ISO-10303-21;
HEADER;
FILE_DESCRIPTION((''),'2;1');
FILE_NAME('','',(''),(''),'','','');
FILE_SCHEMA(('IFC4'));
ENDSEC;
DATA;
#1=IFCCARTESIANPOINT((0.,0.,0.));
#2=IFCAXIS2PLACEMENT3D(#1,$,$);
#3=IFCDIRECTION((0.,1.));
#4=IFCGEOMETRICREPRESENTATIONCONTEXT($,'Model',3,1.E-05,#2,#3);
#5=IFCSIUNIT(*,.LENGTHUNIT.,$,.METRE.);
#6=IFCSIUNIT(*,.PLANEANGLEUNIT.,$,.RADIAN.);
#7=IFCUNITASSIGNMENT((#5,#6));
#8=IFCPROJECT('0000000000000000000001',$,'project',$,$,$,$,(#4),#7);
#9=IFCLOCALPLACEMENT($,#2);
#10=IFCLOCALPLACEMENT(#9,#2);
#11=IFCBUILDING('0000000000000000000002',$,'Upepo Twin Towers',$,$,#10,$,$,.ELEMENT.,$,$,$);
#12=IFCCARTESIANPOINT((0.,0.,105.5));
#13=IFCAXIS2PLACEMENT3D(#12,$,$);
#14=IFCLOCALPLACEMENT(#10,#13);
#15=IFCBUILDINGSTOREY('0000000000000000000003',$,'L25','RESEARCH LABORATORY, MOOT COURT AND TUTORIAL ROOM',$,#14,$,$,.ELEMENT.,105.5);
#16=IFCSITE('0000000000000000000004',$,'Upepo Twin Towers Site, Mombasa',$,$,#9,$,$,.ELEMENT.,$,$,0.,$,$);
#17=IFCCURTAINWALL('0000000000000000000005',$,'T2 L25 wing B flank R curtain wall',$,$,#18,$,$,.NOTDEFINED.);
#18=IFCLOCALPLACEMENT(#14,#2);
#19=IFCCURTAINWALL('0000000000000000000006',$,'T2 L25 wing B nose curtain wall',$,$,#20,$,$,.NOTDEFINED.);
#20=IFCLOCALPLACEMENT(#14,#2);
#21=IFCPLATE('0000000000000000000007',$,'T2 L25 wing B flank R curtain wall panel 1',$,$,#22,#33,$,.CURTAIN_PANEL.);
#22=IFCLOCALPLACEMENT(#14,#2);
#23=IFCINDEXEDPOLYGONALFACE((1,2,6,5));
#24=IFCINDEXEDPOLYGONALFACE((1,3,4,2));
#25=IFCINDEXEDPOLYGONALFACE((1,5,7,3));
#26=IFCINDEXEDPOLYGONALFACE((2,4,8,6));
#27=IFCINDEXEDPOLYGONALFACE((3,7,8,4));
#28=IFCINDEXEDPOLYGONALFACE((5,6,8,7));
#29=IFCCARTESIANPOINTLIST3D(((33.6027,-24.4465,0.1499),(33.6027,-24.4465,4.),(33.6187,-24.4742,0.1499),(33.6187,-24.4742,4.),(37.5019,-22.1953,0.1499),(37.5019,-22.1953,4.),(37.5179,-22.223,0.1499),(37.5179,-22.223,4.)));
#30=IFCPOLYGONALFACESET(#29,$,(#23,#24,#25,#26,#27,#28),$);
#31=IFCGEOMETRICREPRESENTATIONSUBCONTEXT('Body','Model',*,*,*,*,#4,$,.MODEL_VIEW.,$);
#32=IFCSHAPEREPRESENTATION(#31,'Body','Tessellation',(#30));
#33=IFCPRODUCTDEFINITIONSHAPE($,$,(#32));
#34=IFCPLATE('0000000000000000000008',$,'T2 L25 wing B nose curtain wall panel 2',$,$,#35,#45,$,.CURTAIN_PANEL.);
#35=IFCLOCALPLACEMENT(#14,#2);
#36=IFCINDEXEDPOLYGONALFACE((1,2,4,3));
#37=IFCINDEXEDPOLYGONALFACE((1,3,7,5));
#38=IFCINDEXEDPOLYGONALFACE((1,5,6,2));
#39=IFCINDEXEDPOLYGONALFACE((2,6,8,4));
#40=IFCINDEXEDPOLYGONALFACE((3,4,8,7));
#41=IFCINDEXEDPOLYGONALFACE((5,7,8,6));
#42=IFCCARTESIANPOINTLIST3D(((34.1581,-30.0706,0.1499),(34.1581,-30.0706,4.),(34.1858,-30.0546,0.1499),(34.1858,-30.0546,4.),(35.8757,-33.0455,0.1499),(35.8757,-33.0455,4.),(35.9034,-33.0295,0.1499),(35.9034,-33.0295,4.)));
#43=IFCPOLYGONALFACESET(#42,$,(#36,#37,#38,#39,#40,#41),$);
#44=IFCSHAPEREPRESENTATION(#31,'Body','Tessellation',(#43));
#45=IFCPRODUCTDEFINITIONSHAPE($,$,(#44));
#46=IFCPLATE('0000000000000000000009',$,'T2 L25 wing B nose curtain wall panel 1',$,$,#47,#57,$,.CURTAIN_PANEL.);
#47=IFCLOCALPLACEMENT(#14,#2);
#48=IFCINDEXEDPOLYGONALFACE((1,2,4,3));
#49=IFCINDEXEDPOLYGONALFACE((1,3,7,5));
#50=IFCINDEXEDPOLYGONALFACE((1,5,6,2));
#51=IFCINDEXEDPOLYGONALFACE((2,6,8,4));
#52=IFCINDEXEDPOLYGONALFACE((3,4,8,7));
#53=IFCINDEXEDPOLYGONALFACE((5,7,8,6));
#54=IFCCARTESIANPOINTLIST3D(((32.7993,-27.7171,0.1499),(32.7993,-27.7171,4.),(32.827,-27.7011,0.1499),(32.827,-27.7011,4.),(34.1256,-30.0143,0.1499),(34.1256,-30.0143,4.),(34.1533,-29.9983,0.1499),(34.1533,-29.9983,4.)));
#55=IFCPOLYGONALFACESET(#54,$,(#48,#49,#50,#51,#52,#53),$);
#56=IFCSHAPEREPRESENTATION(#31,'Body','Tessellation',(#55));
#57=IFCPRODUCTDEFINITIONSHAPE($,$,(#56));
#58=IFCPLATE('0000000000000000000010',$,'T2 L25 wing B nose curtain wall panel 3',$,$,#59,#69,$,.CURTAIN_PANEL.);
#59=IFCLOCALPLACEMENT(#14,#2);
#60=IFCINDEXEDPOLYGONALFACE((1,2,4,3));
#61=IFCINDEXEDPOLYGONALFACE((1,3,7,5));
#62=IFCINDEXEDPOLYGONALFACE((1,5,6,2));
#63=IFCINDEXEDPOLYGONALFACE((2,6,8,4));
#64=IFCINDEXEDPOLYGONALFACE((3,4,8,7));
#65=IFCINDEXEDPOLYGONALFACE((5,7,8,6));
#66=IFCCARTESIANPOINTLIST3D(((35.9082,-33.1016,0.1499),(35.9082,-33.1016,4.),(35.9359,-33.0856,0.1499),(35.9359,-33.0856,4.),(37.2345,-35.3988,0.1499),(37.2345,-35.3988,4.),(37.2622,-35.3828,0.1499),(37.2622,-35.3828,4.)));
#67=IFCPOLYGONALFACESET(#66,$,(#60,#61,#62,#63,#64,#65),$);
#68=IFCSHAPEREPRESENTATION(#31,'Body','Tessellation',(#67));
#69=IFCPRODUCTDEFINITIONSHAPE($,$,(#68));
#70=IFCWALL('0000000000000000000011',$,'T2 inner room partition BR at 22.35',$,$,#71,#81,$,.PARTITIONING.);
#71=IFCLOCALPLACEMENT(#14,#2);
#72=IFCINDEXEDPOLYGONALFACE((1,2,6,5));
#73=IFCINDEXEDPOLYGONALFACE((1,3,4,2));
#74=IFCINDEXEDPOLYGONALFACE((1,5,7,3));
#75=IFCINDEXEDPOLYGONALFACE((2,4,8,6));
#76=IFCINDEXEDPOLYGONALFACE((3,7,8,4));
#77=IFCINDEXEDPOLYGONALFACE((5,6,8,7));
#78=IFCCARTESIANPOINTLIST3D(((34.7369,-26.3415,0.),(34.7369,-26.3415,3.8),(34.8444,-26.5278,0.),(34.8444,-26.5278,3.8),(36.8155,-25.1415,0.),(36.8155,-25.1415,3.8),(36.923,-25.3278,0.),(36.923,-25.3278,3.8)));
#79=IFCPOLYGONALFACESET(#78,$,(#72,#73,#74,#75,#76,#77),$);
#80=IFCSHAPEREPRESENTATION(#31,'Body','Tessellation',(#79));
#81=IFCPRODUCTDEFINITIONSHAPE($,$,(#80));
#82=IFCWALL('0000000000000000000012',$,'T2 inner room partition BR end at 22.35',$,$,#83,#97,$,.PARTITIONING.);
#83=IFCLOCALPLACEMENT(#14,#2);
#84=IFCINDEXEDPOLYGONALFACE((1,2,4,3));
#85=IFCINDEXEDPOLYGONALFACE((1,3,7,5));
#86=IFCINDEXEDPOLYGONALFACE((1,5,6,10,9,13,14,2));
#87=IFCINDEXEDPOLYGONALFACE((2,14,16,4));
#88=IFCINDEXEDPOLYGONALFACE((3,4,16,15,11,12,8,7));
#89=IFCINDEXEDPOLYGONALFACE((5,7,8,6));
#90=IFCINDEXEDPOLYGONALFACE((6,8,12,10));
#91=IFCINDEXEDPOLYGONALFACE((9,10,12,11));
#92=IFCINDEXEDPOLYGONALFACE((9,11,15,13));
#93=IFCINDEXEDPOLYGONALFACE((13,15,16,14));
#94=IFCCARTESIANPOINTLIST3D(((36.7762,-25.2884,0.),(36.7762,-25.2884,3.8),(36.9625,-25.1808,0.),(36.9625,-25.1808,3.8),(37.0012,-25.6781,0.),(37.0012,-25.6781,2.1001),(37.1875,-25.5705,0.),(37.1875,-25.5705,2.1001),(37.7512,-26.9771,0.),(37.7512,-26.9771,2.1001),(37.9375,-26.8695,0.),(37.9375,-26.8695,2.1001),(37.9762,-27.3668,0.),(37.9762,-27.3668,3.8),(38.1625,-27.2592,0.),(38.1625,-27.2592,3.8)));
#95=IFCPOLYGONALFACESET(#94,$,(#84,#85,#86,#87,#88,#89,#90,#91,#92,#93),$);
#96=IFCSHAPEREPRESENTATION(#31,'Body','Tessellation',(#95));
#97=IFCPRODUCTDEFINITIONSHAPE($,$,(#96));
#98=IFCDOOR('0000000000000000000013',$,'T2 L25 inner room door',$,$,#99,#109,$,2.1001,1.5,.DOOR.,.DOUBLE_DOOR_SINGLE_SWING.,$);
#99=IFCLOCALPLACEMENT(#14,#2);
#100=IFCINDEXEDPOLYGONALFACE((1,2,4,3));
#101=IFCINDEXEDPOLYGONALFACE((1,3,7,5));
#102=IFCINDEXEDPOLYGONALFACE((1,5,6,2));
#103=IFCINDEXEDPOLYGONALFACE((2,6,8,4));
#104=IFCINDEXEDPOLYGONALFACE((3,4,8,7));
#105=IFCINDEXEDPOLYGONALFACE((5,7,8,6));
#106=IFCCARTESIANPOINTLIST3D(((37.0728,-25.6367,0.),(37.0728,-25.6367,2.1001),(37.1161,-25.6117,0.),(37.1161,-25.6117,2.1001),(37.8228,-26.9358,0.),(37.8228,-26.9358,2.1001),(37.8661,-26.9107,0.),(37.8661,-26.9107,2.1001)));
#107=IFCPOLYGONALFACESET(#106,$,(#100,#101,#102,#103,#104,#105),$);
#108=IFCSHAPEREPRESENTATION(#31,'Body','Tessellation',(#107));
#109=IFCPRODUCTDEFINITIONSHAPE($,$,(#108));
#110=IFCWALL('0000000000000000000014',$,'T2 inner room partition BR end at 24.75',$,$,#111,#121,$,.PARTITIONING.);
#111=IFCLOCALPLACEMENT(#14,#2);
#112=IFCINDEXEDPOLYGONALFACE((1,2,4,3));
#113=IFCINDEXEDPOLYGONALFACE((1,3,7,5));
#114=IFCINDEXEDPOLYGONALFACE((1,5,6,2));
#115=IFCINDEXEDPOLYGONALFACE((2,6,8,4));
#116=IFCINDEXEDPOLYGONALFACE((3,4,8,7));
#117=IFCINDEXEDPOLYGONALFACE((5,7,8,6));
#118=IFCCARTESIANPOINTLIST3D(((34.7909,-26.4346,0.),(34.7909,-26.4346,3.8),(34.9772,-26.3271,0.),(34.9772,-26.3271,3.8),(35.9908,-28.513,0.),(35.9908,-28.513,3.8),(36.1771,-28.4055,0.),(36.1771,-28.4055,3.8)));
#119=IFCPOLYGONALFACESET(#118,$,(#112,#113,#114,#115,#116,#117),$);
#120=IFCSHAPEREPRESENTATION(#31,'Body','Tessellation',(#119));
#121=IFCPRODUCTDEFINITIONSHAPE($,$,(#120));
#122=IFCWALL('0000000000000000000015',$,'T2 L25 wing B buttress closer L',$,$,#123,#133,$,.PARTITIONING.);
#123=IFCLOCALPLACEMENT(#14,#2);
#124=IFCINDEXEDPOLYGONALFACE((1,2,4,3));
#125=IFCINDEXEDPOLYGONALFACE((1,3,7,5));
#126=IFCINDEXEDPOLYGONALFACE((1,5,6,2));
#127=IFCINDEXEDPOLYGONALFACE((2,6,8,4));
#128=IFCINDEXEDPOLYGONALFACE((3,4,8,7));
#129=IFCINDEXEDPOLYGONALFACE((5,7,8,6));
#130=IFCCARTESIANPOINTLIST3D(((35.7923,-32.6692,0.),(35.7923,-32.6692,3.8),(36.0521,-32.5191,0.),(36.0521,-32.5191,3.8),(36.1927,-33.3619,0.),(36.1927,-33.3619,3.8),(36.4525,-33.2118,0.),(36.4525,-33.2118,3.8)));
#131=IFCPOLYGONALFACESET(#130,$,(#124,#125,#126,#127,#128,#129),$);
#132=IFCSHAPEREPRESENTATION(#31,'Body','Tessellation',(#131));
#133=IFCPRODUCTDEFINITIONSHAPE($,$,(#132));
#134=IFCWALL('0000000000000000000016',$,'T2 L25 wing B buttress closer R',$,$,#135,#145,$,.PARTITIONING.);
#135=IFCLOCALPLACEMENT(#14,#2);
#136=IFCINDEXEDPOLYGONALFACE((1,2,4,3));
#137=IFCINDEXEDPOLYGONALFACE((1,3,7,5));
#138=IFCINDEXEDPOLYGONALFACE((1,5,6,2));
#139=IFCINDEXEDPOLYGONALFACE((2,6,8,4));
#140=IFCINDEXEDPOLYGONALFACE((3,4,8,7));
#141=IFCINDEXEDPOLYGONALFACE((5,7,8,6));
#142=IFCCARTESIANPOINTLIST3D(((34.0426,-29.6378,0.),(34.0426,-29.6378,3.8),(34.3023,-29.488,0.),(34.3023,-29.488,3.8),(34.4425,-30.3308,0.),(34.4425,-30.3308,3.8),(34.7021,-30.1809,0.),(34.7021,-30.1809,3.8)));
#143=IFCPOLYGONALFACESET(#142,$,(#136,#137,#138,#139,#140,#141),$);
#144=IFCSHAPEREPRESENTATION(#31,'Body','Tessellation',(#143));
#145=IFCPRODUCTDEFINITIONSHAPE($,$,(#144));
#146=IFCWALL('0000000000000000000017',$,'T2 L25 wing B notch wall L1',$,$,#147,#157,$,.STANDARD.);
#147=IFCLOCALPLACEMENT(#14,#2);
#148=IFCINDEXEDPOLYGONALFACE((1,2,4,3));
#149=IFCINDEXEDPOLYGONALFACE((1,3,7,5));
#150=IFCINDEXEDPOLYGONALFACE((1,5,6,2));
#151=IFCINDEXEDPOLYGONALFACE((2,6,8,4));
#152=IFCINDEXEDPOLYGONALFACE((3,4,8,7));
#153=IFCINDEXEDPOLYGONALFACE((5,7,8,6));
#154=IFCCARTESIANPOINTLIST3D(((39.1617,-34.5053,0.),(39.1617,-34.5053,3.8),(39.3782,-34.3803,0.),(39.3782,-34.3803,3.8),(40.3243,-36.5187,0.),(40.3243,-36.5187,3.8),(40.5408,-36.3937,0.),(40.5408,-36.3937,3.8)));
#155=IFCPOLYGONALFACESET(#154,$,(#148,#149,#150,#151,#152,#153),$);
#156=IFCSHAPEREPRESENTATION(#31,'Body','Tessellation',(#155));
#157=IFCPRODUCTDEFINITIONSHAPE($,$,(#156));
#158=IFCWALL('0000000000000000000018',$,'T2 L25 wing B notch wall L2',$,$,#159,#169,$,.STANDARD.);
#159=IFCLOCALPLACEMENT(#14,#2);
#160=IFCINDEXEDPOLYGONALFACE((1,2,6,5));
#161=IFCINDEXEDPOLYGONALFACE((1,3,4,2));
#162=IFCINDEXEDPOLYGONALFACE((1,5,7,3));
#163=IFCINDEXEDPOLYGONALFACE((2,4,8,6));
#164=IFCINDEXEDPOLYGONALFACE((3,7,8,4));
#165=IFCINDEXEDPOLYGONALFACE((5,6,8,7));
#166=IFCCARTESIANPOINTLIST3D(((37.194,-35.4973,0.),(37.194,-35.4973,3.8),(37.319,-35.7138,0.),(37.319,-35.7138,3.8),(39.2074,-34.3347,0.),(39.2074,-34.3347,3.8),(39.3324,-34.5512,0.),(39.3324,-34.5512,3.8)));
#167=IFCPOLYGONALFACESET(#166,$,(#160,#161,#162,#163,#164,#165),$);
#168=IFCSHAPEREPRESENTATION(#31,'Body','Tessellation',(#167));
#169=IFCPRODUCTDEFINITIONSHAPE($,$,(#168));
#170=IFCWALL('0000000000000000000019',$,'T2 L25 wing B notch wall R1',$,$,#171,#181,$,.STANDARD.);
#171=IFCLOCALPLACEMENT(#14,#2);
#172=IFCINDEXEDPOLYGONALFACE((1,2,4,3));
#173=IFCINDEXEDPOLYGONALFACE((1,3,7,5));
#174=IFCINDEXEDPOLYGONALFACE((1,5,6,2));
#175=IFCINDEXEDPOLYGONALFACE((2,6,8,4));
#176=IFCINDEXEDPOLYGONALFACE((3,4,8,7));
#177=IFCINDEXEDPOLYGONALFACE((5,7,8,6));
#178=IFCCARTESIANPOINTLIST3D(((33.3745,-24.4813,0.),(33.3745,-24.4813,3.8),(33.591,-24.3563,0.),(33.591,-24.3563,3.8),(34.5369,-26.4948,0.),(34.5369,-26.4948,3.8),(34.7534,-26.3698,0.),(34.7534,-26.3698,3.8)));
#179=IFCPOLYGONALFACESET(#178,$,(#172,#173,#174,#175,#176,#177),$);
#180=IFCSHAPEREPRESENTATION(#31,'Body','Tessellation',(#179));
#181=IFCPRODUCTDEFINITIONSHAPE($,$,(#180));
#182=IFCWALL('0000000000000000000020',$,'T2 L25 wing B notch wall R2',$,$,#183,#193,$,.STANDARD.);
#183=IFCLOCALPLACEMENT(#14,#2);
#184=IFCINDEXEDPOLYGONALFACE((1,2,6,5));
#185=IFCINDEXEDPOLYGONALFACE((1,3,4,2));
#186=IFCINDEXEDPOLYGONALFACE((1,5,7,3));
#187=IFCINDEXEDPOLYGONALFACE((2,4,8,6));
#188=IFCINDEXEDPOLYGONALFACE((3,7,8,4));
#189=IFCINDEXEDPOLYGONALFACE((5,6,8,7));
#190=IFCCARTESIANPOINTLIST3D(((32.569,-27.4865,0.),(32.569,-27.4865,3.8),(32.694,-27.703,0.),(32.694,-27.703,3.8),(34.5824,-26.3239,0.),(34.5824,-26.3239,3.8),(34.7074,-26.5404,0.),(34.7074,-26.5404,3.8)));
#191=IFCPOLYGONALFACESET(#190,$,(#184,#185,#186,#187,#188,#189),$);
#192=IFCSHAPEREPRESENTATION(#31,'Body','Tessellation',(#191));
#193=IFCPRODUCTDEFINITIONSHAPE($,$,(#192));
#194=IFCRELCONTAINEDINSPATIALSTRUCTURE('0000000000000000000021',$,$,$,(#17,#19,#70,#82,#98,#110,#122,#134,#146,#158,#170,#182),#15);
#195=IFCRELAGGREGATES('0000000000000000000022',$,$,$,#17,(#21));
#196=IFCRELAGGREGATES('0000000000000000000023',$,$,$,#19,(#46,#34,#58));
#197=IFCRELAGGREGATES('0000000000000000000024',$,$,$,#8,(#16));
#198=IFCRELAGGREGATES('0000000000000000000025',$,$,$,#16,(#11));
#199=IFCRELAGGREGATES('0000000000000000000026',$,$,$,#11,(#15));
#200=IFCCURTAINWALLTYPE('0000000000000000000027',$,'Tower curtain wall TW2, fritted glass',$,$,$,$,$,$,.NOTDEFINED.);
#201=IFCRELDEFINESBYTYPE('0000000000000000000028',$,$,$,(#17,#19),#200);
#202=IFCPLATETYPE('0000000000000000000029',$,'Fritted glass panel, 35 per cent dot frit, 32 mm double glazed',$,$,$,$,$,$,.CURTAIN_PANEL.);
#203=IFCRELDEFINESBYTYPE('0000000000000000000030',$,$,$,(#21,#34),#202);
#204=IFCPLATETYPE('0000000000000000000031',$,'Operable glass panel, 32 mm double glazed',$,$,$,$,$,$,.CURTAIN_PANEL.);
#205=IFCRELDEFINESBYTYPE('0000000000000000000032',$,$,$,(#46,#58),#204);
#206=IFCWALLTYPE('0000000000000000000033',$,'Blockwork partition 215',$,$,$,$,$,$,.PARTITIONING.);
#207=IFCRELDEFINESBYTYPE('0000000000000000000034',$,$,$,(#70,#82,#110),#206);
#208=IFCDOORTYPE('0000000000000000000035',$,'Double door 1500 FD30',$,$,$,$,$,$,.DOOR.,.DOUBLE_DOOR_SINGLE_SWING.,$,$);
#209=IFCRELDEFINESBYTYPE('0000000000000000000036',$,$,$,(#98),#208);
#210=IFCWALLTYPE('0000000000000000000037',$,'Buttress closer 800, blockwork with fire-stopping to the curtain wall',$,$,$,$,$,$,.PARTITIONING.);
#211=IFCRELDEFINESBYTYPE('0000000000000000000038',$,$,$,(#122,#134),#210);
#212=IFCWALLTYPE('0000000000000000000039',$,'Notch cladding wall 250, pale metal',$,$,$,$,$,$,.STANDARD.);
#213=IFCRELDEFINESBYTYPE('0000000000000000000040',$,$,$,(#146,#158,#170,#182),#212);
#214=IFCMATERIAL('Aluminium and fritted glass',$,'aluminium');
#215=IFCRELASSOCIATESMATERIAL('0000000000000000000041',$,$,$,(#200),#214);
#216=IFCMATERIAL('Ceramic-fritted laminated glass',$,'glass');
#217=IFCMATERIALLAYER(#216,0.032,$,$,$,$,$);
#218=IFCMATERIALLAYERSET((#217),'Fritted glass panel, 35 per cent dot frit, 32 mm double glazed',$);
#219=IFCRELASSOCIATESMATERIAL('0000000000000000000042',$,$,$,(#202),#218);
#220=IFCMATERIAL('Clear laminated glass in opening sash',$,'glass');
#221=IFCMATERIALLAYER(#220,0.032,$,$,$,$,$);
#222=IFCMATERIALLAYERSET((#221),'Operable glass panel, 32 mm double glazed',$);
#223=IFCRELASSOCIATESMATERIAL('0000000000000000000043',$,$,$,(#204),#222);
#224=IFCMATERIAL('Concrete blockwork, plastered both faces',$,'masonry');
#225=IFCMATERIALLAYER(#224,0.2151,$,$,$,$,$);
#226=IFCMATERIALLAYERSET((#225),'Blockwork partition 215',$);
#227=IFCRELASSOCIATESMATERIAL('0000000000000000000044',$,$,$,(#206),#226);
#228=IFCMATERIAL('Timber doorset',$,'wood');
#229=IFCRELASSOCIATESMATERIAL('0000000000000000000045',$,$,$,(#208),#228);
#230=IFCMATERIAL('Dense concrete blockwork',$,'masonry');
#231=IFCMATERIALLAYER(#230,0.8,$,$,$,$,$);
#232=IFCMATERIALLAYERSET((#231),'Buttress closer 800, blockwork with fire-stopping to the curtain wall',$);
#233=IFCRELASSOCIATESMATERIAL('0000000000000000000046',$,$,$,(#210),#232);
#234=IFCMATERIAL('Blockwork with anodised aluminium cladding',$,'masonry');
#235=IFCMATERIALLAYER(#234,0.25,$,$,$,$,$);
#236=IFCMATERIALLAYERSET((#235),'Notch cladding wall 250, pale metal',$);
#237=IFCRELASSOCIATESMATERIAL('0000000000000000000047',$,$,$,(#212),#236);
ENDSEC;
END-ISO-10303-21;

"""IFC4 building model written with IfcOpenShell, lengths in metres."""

from ifc_helpers import new_model, si_unit, direction, frame, frame_2d, origin, origin_2d, place, context, subcontext, project, spatial, rectangle, extrude, material, layer, layer_set, type_object, element, fill, aggregate, save


model = new_model("IFC4")

# Units and contexts
model_context = context("Model", 3, precision=1e-05, world=origin(), true_north=direction((0.0, 1.0)))
body_context = subcontext(model_context, "Body", "Model", "MODEL_VIEW")
ifc_project = project(units=[si_unit("LENGTHUNIT", "METRE"), si_unit("PLANEANGLEUNIT", "RADIAN")], contexts=[model_context])

# Site, building, storey
site_placement = place(None, origin())
site = spatial("IfcSite", under=ifc_project, at=site_placement, Name="Upepo Twin Towers Site, Mombasa", CompositionType="ELEMENT", RefElevation=0.0)
building_placement = place(site_placement, origin())
building = spatial("IfcBuilding", under=site, at=building_placement, Name="Upepo Twin Towers", CompositionType="ELEMENT")
storey_placement = place(building_placement, frame((0.0, 0.0, 105.5)))
storey = spatial("IfcBuildingStorey", under=building, at=storey_placement, Name="L25", Description="RESEARCH LABORATORY, MOOT COURT AND TUTORIAL ROOM", CompositionType="ELEMENT", Elevation=105.5)

# Shared definitions
ifc_material_1 = material(Name="Aluminium and fritted glass", Category="aluminium")
curtain_wall_type = type_object("IfcCurtainWallType", Name="Tower curtain wall TW2, fritted glass", PredefinedType="NOTDEFINED", material=ifc_material_1)

# Curtain walls
curtain_wall_1_placement = place(storey_placement, origin())
curtain_wall_1 = element("IfcCurtainWall", 1, at=curtain_wall_1_placement, inside=storey, type_object=curtain_wall_type, Name="T2 L25 wing B flank R curtain wall", PredefinedType="NOTDEFINED")
curtain_wall_2_placement = place(storey_placement, origin())
curtain_wall_2 = element("IfcCurtainWall", 2, at=curtain_wall_2_placement, inside=storey, type_object=curtain_wall_type, Name="T2 L25 wing B nose curtain wall", PredefinedType="NOTDEFINED")

# Plates
ifc_material_2 = material(Name="Ceramic-fritted laminated glass", Category="glass")
ifc_layer_1 = layer(ifc_material_2, 0.032)
ifc_layer_set_1 = layer_set([ifc_layer_1], Name="Fritted glass panel, 35 per cent dot frit, 32 mm double glazed")
plate_type_1 = type_object("IfcPlateType", Name="Fritted glass panel, 35 per cent dot frit, 32 mm double glazed", PredefinedType="CURTAIN_PANEL", material=ifc_layer_set_1)
plate_1_placement = place(storey_placement, frame((35.5603, -23.3347, 0.1499), z_axis=(0.0, 0.0, 1.0), x_axis=(0.866025, 0.5, 0.0)))
plate_1 = element("IfcPlate", 3, at=plate_1_placement, type_object=plate_type_1, Name="T2 L25 wing B flank R curtain wall panel 1", PredefinedType="CURTAIN_PANEL", context=body_context, shape_type="SweptSolid", body=[
    extrude(rectangle(XDim=4.5024, YDim=0.032, at=origin_2d()), origin(), (0.0, 0.0, 1.0), 3.8501),
])
aggregate(curtain_wall_1, [plate_1])
plate_2_placement = place(storey_placement, frame((35.0308, -31.55, 0.1499), z_axis=(0.0, 0.0, 1.0), x_axis=(0.5, -0.866025, 0.0)))
plate_2 = element("IfcPlate", 4, at=plate_2_placement, type_object=plate_type_1, Name="T2 L25 wing B nose curtain wall panel 2", PredefinedType="CURTAIN_PANEL", context=body_context, shape_type="SweptSolid", body=[
    extrude(rectangle(XDim=3.4351, YDim=0.032, at=origin_2d()), origin(), (0.0, 0.0, 1.0), 3.8501),
])
ifc_material_3 = material(Name="Clear laminated glass in opening sash", Category="glass")
ifc_layer_2 = layer(ifc_material_3, 0.032)
ifc_layer_set_2 = layer_set([ifc_layer_2], Name="Operable glass panel, 32 mm double glazed")
plate_type_2 = type_object("IfcPlateType", Name="Operable glass panel, 32 mm double glazed", PredefinedType="CURTAIN_PANEL", material=ifc_layer_set_2)
plate_3_placement = place(storey_placement, frame((33.4763, -28.8577, 0.1499), z_axis=(0.0, 0.0, 1.0), x_axis=(0.5, -0.866025, 0.0)))
plate_3 = element("IfcPlate", 5, at=plate_3_placement, type_object=plate_type_2, Name="T2 L25 wing B nose curtain wall panel 1", PredefinedType="CURTAIN_PANEL", context=body_context, shape_type="SweptSolid", body=[
    extrude(rectangle(XDim=2.6526, YDim=0.032, at=origin_2d()), origin(), (0.0, 0.0, 1.0), 3.8501),
])
plate_4_placement = place(storey_placement, frame((36.5852, -34.2422, 0.1499), z_axis=(0.0, 0.0, 1.0), x_axis=(0.5, -0.866025, 0.0)))
plate_4 = element("IfcPlate", 6, at=plate_4_placement, type_object=plate_type_2, Name="T2 L25 wing B nose curtain wall panel 3", PredefinedType="CURTAIN_PANEL", context=body_context, shape_type="SweptSolid", body=[
    extrude(rectangle(XDim=2.6526, YDim=0.032, at=origin_2d()), origin(), (0.0, 0.0, 1.0), 3.8501),
])
aggregate(curtain_wall_2, [plate_3, plate_2, plate_4])

# Wall
ifc_material_4 = material(Name="Concrete blockwork, plastered both faces", Category="masonry")
ifc_layer_3 = layer(ifc_material_4, 0.2151)
ifc_layer_set_3 = layer_set([ifc_layer_3], Name="Blockwork partition 215")
wall_type_1 = type_object("IfcWallType", Name="Blockwork partition 215", PredefinedType="PARTITIONING", material=ifc_layer_set_3)
wall_1_placement = place(storey_placement, frame((36.8694, -25.2346, 0.0), z_axis=(0.0, 0.0, 1.0), x_axis=(-0.86605, -0.499957, 0.0)))
element("IfcWall", 7, at=wall_1_placement, inside=storey, type_object=wall_type_1, Name="T2 inner room partition BR at 22.35", PredefinedType="PARTITIONING", context=body_context, shape_type="SweptSolid", body=[
    extrude(rectangle(XDim=2.4001, YDim=0.2151, at=frame_2d((1.2002, 0.0))), origin(), (0.0, 0.0, 1.0), 3.8),
])

# Wall, opening, door
wall_2_placement = place(storey_placement, frame((38.0693, -27.313, 0.0), z_axis=(0.0, 0.0, 1.0), x_axis=(-0.500001, 0.866025, 0.0)))
wall_2 = element("IfcWall", 8, at=wall_2_placement, inside=storey, type_object=wall_type_1, Name="T2 inner room partition BR end at 22.35", PredefinedType="PARTITIONING", context=body_context, shape_type="SweptSolid", body=[
    extrude(rectangle(XDim=2.3999, YDim=0.2151, at=frame_2d((1.2, 0.0))), origin(), (0.0, 0.0, 1.0), 3.8),
])
opening_placement = place(wall_2_placement, frame((0.45, 0.0, 0.0)))
opening = element("IfcOpeningElement", 9, at=opening_placement, cuts=wall_2, PredefinedType="OPENING", context=body_context, shape_type="SweptSolid", body=[
    extrude(rectangle(XDim=1.5, YDim=2.1001, at=frame_2d((0.75, 1.05))), frame((0.0, 0.1174, 0.0), z_axis=(0.0, -1.0, 0.0), x_axis=(1.0, 0.0, 0.0)), (0.0, 0.0, 1.0), 0.2351),
])
ifc_material_5 = material(Name="Timber doorset", Category="wood")
door_type = type_object("IfcDoorType", Name="Double door 1500 FD30", OperationType="DOUBLE_DOOR_SINGLE_SWING", PredefinedType="DOOR", material=ifc_material_5)
door_placement = place(opening_placement, origin())
door = element("IfcDoor", 10, at=door_placement, inside=storey, type_object=door_type, Name="T2 L25 inner room door", OperationType="DOUBLE_DOOR_SINGLE_SWING", OverallHeight=2.1001, OverallWidth=1.5, PredefinedType="DOOR", context=body_context, shape_type="SweptSolid", body=[
    extrude(rectangle(XDim=1.5, YDim=2.1001, at=frame_2d((0.75, 1.05))), frame((0.0, 0.0249, 0.0), z_axis=(0.0, -1.0, 0.0), x_axis=(1.0, 0.0, 0.0)), (0.0, 0.0, 1.0), 0.05),
])
fill(opening, door)

# Walls
wall_3_placement = place(storey_placement, frame((36.084, -28.4592, 0.0), z_axis=(0.0, 0.0, 1.0), x_axis=(-0.500001, 0.866025, 0.0)))
element("IfcWall", 11, at=wall_3_placement, inside=storey, type_object=wall_type_1, Name="T2 inner room partition BR end at 24.75", PredefinedType="PARTITIONING", context=body_context, shape_type="SweptSolid", body=[
    extrude(rectangle(XDim=2.3999, YDim=0.2151, at=frame_2d((1.2, 0.0))), origin(), (0.0, 0.0, 1.0), 3.8),
])
ifc_material_6 = material(Name="Dense concrete blockwork", Category="masonry")
ifc_layer_4 = layer(ifc_material_6, 0.8)
ifc_layer_set_4 = layer_set([ifc_layer_4], Name="Buttress closer 800, blockwork with fire-stopping to the curtain wall")
wall_type_2 = type_object("IfcWallType", Name="Buttress closer 800, blockwork with fire-stopping to the curtain wall", PredefinedType="PARTITIONING", material=ifc_layer_set_4)
wall_4_placement = place(storey_placement, frame((36.2522, -32.8655, 0.0), z_axis=(0.0, 0.0, 1.0), x_axis=(-0.865779, -0.500427, 0.0)))
element("IfcWall", 12, at=wall_4_placement, inside=storey, type_object=wall_type_2, Name="T2 L25 wing B buttress closer L", PredefinedType="PARTITIONING", context=body_context, shape_type="SweptSolid", body=[
    extrude(rectangle(XDim=0.3, YDim=0.8, at=frame_2d((0.1499, 0.0))), origin(), (0.0, 0.0, 1.0), 3.8),
])
wall_5_placement = place(storey_placement, frame((34.5022, -29.8345, 0.0), z_axis=(0.0, 0.0, 1.0), x_axis=(-0.866131, -0.499816, 0.0)))
element("IfcWall", 13, at=wall_5_placement, inside=storey, type_object=wall_type_2, Name="T2 L25 wing B buttress closer R", PredefinedType="PARTITIONING", context=body_context, shape_type="SweptSolid", body=[
    extrude(rectangle(XDim=0.2998, YDim=0.8, at=frame_2d((0.1499, 0.0))), origin(), (0.0, 0.0, 1.0), 3.8),
])
ifc_material_7 = material(Name="Blockwork with anodised aluminium cladding", Category="masonry")
ifc_layer_5 = layer(ifc_material_7, 0.25)
ifc_layer_set_5 = layer_set([ifc_layer_5], Name="Notch cladding wall 250, pale metal")
wall_type_3 = type_object("IfcWallType", Name="Notch cladding wall 250, pale metal", PredefinedType="STANDARD", material=ifc_layer_set_5)
for number, where, z_axis, x_axis, name in (
    (14, (40.4326, -36.4563, 0.0), (0.0, 0.0, 1.0), (-0.500047, 0.865998, 0.0), "T2 L25 wing B notch wall L1"),
    (15, (39.27, -34.4429, 0.0), (0.0, 0.0, 1.0), (-0.865998, -0.500047, 0.0), "T2 L25 wing B notch wall L2"),
    (16, (33.4827, -24.4187, 0.0), (0.0, 0.0, 1.0), (0.499968, -0.866044, 0.0), "T2 L25 wing B notch wall R1"),
    (17, (34.645, -26.4321, 0.0), (0.0, 0.0, 1.0), (-0.865998, -0.500047, 0.0), "T2 L25 wing B notch wall R2"),
):
    element("IfcWall", number, at=place(storey_placement, frame(where, z_axis=z_axis, x_axis=x_axis)), inside=storey, type_object=wall_type_3, Name=name, PredefinedType="STANDARD", context=body_context, shape_type="SweptSolid", body=[
        extrude(rectangle(XDim=2.325, YDim=0.25, at=frame_2d((1.1626, 0.0))), origin(), (0.0, 0.0, 1.0), 3.8),
    ])

save(model, "model.ifc")
